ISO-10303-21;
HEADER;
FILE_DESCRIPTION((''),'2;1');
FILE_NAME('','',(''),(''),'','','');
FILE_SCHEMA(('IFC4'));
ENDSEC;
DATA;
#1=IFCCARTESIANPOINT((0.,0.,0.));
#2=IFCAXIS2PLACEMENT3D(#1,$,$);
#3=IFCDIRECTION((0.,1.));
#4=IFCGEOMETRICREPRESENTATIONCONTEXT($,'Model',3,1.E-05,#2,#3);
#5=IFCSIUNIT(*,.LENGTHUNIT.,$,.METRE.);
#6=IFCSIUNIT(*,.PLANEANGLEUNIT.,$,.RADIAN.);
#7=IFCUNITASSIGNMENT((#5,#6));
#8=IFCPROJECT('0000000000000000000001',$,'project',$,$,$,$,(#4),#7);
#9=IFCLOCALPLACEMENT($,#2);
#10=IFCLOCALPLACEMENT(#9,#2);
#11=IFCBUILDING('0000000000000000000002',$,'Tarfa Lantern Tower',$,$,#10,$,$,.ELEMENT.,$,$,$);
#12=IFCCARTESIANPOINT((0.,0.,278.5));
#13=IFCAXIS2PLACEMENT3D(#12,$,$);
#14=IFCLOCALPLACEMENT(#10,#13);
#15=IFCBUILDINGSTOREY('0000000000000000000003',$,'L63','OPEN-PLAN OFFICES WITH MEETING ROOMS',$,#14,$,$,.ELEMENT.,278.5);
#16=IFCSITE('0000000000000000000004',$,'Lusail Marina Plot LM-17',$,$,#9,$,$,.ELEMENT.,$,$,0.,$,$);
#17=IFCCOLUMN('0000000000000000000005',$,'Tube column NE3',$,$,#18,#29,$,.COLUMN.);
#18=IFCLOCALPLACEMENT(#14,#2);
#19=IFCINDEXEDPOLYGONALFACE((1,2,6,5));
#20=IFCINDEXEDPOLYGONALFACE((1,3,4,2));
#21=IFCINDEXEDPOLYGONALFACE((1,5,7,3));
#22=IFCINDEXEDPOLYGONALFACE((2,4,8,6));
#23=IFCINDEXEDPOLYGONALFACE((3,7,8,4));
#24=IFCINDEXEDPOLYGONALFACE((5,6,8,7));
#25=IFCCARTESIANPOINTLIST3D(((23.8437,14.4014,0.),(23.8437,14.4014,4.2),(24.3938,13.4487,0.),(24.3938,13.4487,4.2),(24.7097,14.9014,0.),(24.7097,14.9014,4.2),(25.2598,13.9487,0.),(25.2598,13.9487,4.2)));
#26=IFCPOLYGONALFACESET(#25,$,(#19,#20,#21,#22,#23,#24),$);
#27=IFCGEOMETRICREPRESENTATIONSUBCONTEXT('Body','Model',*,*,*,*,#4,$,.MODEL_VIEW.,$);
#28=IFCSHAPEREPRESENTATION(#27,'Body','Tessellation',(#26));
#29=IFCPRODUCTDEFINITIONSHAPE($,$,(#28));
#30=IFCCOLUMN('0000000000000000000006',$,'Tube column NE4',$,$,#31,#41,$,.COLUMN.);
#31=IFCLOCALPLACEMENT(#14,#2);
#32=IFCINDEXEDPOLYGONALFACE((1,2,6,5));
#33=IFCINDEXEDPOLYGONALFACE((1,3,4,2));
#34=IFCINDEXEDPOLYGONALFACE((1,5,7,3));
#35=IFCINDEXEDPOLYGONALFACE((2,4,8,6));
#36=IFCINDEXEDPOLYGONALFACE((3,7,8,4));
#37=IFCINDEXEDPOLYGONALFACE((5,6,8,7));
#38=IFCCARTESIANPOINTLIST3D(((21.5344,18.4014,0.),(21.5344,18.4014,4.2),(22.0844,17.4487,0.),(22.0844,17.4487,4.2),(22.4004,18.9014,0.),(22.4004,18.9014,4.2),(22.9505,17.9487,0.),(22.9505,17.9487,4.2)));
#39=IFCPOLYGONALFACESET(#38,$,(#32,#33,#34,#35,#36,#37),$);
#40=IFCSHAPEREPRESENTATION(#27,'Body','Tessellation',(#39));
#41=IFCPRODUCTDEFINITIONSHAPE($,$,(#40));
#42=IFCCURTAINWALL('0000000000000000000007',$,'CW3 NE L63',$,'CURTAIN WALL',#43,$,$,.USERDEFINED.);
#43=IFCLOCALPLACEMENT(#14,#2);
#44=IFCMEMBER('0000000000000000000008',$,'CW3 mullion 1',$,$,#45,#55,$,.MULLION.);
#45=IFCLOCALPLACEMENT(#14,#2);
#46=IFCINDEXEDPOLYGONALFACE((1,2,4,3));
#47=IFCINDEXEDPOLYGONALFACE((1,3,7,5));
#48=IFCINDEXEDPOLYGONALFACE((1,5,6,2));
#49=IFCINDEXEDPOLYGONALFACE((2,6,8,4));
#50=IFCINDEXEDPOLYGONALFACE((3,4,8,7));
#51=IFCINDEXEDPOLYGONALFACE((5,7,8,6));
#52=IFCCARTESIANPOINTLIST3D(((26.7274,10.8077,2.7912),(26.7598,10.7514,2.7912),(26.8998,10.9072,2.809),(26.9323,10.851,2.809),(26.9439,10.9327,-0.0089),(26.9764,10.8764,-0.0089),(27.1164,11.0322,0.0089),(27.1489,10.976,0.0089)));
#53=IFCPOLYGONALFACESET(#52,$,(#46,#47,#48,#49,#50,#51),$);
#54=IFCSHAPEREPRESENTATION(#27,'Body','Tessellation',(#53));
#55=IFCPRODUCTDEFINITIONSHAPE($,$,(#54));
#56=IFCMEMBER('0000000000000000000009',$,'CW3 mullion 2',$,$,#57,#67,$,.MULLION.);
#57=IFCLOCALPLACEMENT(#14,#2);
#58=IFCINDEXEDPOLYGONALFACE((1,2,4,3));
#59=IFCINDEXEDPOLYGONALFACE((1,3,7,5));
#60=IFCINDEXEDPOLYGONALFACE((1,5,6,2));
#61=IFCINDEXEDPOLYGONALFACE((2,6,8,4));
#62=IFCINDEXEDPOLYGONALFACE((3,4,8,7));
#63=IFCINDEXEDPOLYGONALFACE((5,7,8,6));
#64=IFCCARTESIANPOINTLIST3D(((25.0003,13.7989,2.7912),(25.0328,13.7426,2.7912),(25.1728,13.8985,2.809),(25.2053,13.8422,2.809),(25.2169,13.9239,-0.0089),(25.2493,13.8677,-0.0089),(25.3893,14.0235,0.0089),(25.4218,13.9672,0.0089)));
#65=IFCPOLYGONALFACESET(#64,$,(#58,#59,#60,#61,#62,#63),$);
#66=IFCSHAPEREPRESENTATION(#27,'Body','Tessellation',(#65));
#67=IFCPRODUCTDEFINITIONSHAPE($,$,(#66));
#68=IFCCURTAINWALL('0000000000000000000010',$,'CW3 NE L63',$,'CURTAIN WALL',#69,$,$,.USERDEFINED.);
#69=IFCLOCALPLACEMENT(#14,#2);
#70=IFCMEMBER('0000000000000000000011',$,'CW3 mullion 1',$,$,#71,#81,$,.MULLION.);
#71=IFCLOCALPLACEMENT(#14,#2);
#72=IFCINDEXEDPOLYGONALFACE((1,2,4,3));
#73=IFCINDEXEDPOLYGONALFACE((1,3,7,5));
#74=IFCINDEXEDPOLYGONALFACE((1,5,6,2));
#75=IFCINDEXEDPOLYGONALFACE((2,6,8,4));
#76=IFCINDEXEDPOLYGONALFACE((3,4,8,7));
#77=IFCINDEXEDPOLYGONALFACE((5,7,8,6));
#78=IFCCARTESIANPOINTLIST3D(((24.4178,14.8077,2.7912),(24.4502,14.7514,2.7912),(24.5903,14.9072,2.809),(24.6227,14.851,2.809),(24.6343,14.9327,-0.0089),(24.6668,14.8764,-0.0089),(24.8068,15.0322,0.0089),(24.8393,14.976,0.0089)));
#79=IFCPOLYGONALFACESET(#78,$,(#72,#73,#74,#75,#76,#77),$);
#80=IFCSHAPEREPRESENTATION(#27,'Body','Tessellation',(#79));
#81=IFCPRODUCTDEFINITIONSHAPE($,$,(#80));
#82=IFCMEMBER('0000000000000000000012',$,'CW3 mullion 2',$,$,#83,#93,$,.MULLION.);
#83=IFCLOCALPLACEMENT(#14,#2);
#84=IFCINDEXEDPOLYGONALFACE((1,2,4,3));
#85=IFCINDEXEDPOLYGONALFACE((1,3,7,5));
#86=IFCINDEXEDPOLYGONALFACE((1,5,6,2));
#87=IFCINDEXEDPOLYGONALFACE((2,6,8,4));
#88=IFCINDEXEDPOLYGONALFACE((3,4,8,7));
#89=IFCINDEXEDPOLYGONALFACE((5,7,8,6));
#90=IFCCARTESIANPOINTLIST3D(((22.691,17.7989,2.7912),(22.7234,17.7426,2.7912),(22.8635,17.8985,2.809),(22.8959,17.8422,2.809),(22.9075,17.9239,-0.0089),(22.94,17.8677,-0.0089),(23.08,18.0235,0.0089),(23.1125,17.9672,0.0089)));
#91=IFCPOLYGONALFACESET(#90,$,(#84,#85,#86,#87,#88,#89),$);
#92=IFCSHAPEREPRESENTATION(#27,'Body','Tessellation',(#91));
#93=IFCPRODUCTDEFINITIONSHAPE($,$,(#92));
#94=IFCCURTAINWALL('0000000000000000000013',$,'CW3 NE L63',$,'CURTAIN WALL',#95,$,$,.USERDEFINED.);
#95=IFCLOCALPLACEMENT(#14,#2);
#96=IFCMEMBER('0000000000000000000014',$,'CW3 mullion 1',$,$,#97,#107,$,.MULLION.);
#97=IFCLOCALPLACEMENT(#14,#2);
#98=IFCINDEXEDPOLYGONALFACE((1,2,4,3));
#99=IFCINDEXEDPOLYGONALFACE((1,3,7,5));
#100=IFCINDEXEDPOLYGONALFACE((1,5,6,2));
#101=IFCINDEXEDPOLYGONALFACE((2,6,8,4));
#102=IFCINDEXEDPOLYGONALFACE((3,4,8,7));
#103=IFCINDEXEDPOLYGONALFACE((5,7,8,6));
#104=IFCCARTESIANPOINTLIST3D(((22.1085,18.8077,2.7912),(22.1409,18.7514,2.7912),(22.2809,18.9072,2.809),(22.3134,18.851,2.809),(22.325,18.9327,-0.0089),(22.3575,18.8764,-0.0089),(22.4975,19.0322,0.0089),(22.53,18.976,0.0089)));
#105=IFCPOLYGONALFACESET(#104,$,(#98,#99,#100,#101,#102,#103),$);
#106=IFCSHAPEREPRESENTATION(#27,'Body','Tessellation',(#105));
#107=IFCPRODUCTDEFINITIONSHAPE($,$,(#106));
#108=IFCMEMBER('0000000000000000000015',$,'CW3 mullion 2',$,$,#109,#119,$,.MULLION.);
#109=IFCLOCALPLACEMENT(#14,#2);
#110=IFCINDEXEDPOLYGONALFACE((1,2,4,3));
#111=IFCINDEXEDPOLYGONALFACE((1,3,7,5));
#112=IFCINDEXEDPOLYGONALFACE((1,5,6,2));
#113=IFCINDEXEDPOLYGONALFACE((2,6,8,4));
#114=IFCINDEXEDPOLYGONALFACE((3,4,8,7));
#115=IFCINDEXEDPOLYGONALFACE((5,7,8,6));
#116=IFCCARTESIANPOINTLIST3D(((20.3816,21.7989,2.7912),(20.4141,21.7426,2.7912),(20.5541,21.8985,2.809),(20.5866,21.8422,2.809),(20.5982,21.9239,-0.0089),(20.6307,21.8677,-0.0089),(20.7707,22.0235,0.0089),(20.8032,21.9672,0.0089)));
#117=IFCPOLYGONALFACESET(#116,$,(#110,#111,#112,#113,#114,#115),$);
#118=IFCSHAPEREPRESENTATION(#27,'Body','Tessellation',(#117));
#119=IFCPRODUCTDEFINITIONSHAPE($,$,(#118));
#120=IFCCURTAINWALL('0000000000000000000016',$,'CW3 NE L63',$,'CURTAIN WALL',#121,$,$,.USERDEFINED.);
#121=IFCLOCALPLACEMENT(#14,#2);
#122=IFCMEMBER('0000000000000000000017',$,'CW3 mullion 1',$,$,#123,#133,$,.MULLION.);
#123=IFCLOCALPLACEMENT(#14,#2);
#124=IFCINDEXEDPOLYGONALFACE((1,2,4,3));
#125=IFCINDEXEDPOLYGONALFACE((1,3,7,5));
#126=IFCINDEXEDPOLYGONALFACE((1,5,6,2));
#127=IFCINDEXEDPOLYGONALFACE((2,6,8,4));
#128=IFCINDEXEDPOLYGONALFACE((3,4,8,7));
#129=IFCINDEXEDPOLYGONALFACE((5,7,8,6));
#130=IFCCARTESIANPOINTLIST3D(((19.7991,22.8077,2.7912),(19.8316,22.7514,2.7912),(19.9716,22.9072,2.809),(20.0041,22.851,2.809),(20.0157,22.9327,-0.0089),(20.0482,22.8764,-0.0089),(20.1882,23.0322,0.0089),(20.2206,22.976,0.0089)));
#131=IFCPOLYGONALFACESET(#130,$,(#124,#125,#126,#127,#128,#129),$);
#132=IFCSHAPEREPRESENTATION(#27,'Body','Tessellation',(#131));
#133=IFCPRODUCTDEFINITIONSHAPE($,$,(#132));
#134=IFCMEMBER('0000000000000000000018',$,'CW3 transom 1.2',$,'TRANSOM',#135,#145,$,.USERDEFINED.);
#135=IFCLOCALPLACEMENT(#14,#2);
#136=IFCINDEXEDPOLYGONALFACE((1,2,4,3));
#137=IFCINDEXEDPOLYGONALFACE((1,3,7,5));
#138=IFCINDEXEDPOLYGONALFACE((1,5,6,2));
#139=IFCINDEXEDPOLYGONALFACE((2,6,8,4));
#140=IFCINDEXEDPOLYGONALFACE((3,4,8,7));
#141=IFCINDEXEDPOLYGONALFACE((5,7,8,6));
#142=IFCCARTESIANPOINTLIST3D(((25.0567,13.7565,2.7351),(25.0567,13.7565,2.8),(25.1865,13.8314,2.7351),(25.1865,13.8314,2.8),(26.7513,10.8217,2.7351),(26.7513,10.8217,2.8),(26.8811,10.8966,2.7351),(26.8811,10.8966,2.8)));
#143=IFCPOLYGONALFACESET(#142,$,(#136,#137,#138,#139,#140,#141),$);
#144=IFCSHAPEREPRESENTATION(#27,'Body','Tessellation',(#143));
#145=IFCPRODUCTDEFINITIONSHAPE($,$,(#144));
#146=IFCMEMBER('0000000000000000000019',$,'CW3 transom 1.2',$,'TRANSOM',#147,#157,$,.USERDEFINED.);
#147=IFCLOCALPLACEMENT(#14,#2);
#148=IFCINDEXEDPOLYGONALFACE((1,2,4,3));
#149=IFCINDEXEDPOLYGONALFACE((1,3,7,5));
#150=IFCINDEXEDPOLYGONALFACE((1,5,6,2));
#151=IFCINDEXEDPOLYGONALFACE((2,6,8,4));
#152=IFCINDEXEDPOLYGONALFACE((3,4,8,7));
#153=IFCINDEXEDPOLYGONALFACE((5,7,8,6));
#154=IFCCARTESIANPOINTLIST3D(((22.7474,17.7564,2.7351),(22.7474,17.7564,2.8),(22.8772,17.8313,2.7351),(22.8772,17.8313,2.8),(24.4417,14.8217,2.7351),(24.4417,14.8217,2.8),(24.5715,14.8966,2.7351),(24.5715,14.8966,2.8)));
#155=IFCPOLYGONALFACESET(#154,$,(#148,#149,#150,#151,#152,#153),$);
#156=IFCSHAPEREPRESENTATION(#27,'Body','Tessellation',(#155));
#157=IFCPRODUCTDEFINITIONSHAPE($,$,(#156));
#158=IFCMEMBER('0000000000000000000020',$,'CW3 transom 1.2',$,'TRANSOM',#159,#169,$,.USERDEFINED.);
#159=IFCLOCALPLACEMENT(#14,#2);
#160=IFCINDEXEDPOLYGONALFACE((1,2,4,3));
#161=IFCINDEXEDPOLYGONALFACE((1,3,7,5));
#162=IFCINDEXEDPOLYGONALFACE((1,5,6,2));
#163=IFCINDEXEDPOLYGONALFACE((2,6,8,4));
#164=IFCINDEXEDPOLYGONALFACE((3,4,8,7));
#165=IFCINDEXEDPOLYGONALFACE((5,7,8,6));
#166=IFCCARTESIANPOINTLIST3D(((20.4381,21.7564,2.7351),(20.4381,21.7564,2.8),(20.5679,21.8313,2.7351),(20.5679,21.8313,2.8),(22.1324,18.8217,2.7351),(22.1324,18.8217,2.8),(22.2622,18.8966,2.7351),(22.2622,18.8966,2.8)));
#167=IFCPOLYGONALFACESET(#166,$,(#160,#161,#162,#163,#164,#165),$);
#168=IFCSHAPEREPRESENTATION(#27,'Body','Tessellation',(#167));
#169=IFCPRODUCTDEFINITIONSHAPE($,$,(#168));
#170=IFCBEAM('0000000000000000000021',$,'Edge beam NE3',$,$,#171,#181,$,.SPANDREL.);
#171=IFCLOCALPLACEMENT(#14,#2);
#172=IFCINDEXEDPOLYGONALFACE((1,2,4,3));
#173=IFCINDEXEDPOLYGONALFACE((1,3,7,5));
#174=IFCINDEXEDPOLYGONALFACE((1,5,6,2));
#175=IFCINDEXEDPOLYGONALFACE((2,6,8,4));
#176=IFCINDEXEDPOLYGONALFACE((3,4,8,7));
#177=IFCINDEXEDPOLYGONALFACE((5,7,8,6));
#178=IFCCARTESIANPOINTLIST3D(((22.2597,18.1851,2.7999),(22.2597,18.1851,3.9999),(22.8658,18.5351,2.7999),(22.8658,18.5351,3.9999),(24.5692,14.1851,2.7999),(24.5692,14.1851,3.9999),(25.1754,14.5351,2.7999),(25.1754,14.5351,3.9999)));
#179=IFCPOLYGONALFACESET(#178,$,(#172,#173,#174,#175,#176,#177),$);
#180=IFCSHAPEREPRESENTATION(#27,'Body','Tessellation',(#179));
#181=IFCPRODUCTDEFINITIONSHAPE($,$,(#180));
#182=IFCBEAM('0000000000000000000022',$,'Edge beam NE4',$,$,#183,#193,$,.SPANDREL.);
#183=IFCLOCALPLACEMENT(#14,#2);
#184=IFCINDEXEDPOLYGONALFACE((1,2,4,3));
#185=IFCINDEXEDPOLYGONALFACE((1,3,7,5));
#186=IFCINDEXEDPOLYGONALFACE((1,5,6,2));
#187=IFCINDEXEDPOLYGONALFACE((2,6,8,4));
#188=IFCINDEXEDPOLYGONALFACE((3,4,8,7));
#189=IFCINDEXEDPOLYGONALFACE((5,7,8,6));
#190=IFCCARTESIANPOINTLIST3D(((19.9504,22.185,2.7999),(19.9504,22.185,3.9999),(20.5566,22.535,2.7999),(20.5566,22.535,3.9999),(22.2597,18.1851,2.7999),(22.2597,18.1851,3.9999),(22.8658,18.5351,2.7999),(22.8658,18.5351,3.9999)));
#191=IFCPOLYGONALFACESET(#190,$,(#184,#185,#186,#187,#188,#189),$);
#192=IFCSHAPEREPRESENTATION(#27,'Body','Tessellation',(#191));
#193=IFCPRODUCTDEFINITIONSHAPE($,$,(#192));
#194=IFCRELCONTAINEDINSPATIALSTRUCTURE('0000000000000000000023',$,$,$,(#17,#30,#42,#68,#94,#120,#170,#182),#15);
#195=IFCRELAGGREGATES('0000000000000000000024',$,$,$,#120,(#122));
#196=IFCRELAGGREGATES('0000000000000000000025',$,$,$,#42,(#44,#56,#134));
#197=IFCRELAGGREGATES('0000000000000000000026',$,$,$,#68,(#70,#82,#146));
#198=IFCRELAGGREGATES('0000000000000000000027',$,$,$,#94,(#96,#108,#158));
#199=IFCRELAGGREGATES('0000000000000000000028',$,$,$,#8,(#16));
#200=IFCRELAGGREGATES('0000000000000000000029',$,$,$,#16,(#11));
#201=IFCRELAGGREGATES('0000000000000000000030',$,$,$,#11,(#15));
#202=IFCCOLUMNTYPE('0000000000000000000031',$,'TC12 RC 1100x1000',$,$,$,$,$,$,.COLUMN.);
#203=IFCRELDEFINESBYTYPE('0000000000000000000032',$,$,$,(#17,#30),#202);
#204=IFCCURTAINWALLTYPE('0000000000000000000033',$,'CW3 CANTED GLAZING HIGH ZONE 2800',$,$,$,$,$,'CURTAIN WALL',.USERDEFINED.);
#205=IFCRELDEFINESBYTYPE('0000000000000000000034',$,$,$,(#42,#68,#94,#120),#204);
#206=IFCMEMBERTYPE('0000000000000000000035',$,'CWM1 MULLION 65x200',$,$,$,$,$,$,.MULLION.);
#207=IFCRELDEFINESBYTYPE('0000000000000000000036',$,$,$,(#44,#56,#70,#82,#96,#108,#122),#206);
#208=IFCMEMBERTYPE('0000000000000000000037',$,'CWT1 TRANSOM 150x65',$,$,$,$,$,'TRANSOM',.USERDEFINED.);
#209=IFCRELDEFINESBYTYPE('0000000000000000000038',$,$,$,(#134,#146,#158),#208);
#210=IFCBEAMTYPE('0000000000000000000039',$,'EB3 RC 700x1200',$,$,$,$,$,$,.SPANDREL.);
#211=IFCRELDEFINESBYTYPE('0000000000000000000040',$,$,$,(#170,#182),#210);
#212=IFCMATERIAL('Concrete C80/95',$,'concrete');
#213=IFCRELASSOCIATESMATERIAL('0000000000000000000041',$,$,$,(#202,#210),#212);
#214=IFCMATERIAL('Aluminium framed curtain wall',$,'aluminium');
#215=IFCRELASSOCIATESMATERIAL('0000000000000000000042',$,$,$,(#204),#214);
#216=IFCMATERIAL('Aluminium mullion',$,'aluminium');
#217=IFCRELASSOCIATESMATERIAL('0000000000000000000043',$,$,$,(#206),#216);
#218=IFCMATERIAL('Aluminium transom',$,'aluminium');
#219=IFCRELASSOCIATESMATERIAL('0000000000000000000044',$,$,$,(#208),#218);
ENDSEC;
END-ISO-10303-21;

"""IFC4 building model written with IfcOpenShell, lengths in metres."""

from ifc_helpers import new_model, si_unit, direction, frame, origin, origin_2d, place, context, subcontext, project, spatial, rectangle, extrude, material, material_profile, profile_set, type_object, element, aggregate, save


model = new_model("IFC4")

# Units and contexts
model_context = context("Model", 3, precision=1e-05, world=origin(), true_north=direction((0.0, 1.0)))
body_context = subcontext(model_context, "Body", "Model", "MODEL_VIEW")
ifc_project = project(units=[si_unit("LENGTHUNIT", "METRE"), si_unit("PLANEANGLEUNIT", "RADIAN")], contexts=[model_context])

# Site, building, storey
site_placement = place(None, origin())
site = spatial("IfcSite", under=ifc_project, at=site_placement, Name="Lusail Marina Plot LM-17", CompositionType="ELEMENT", RefElevation=0.0)
building_placement = place(site_placement, origin())
building = spatial("IfcBuilding", under=site, at=building_placement, Name="Tarfa Lantern Tower", CompositionType="ELEMENT")
storey_placement = place(building_placement, frame((0.0, 0.0, 278.5)))
storey = spatial("IfcBuildingStorey", under=building, at=storey_placement, Name="L63", Description="OPEN-PLAN OFFICES WITH MEETING ROOMS", CompositionType="ELEMENT", Elevation=278.5)

# Columns
ifc_material_1 = material(Name="Concrete C80/95", Category="concrete")
ifc_material_profile_1 = material_profile(ifc_material_1, rectangle(XDim=1.1001, YDim=1.0, at=origin_2d()), Name="RC 1100x1000")
ifc_profile_set_1 = profile_set([ifc_material_profile_1], Name="Concrete C80/95")
column_type = type_object("IfcColumnType", Name="TC12 RC 1100x1000", PredefinedType="COLUMN", material=ifc_profile_set_1)
for number, where, z_axis, x_axis, name in (
    (1, (24.5518, 14.175, 0.0), (0.0, 0.0, 1.0), (-0.5, 0.866025, 0.0), "Tube column NE3"),
    (2, (22.2424, 18.175, 0.0), (0.0, 0.0, 1.0), (-0.5, 0.866025, 0.0), "Tube column NE4"),
):
    element("IfcColumn", number, at=place(storey_placement, frame(where, z_axis=z_axis, x_axis=x_axis)), inside=storey, type_object=column_type, Name=name, PredefinedType="COLUMN", context=body_context, shape_type="SweptSolid", body=[
        extrude(rectangle(XDim=1.1001, YDim=1.0, at=origin_2d()), origin(), (0.0, 0.0, 1.0), 4.2),
    ])

# Curtain walls, members
ifc_material_2 = material(Name="Aluminium framed curtain wall", Category="aluminium")
curtain_wall_type = type_object("IfcCurtainWallType", Name="CW3 CANTED GLAZING HIGH ZONE 2800", ElementType="CURTAIN WALL", PredefinedType="USERDEFINED", material=ifc_material_2)
curtain_wall_1_placement = place(storey_placement, origin())
curtain_wall_1 = element("IfcCurtainWall", 3, at=curtain_wall_1_placement, inside=storey, type_object=curtain_wall_type, Name="CW3 NE L63", ObjectType="CURTAIN WALL", PredefinedType="USERDEFINED")
ifc_material_3 = material(Name="Aluminium mullion", Category="aluminium")
ifc_material_profile_2 = material_profile(ifc_material_3, rectangle(XDim=0.0649, YDim=0.2, at=origin_2d()), Name="AL MULLION 65x200")
ifc_profile_set_2 = profile_set([ifc_material_profile_2], Name="Aluminium mullion")
member_type_1 = type_object("IfcMemberType", Name="CWM1 MULLION 65x200", PredefinedType="MULLION", material=ifc_profile_set_2)
member_1_placement = place(storey_placement, frame((27.0464, 10.9543, 0.0), z_axis=(-0.077032, -0.044465, 0.996037), x_axis=(0.49992, -0.866072, 0.0)))
member_1 = element("IfcMember", 4, at=member_1_placement, type_object=member_type_1, Name="CW3 mullion 1", PredefinedType="MULLION", context=body_context, shape_type="SweptSolid", body=[
    extrude(rectangle(XDim=0.0649, YDim=0.2, at=origin_2d()), origin(), (0.0, 0.0, 1.0), 2.8113),
])
member_2_placement = place(storey_placement, frame((25.3193, 13.9456, 0.0), z_axis=(-0.077032, -0.044465, 0.996037), x_axis=(0.49992, -0.866072, 0.0)))
member_2 = element("IfcMember", 5, at=member_2_placement, type_object=member_type_1, Name="CW3 mullion 2", PredefinedType="MULLION", context=body_context, shape_type="SweptSolid", body=[
    extrude(rectangle(XDim=0.0649, YDim=0.2, at=origin_2d()), origin(), (0.0, 0.0, 1.0), 2.8113),
])
curtain_wall_2_placement = place(storey_placement, origin())
curtain_wall_2 = element("IfcCurtainWall", 6, at=curtain_wall_2_placement, inside=storey, type_object=curtain_wall_type, Name="CW3 NE L63", ObjectType="CURTAIN WALL", PredefinedType="USERDEFINED")
member_3_placement = place(storey_placement, frame((24.7368, 14.9543, 0.0), z_axis=(-0.077032, -0.044465, 0.996037), x_axis=(0.49992, -0.866072, 0.0)))
member_3 = element("IfcMember", 7, at=member_3_placement, type_object=member_type_1, Name="CW3 mullion 1", PredefinedType="MULLION", context=body_context, shape_type="SweptSolid", body=[
    extrude(rectangle(XDim=0.0649, YDim=0.2, at=origin_2d()), origin(), (0.0, 0.0, 1.0), 2.8113),
])
member_4_placement = place(storey_placement, frame((23.01, 17.9456, 0.0), z_axis=(-0.077032, -0.044465, 0.996037), x_axis=(0.49992, -0.866072, 0.0)))
member_4 = element("IfcMember", 8, at=member_4_placement, type_object=member_type_1, Name="CW3 mullion 2", PredefinedType="MULLION", context=body_context, shape_type="SweptSolid", body=[
    extrude(rectangle(XDim=0.0649, YDim=0.2, at=origin_2d()), origin(), (0.0, 0.0, 1.0), 2.8113),
])
curtain_wall_3_placement = place(storey_placement, origin())
curtain_wall_3 = element("IfcCurtainWall", 9, at=curtain_wall_3_placement, inside=storey, type_object=curtain_wall_type, Name="CW3 NE L63", ObjectType="CURTAIN WALL", PredefinedType="USERDEFINED")
member_5_placement = place(storey_placement, frame((22.4275, 18.9543, 0.0), z_axis=(-0.077032, -0.044465, 0.996037), x_axis=(0.49992, -0.866072, 0.0)))
member_5 = element("IfcMember", 10, at=member_5_placement, type_object=member_type_1, Name="CW3 mullion 1", PredefinedType="MULLION", context=body_context, shape_type="SweptSolid", body=[
    extrude(rectangle(XDim=0.0649, YDim=0.2, at=origin_2d()), origin(), (0.0, 0.0, 1.0), 2.8113),
])
member_6_placement = place(storey_placement, frame((20.7007, 21.9456, 0.0), z_axis=(-0.077032, -0.044465, 0.996037), x_axis=(0.49992, -0.866072, 0.0)))
member_6 = element("IfcMember", 11, at=member_6_placement, type_object=member_type_1, Name="CW3 mullion 2", PredefinedType="MULLION", context=body_context, shape_type="SweptSolid", body=[
    extrude(rectangle(XDim=0.0649, YDim=0.2, at=origin_2d()), origin(), (0.0, 0.0, 1.0), 2.8113),
])

# Curtain wall, member
curtain_wall_4_placement = place(storey_placement, origin())
curtain_wall_4 = element("IfcCurtainWall", 12, at=curtain_wall_4_placement, inside=storey, type_object=curtain_wall_type, Name="CW3 NE L63", ObjectType="CURTAIN WALL", PredefinedType="USERDEFINED")
member_7_placement = place(storey_placement, frame((20.1182, 22.9543, 0.0), z_axis=(-0.077032, -0.044465, 0.996037), x_axis=(0.49992, -0.866072, 0.0)))
member_7 = element("IfcMember", 13, at=member_7_placement, type_object=member_type_1, Name="CW3 mullion 1", PredefinedType="MULLION", context=body_context, shape_type="SweptSolid", body=[
    extrude(rectangle(XDim=0.0649, YDim=0.2, at=origin_2d()), origin(), (0.0, 0.0, 1.0), 2.8113),
])
aggregate(curtain_wall_4, [member_7])

# Members
ifc_material_4 = material(Name="Aluminium transom", Category="aluminium")
ifc_material_profile_3 = material_profile(ifc_material_4, rectangle(XDim=0.1499, YDim=0.0649, at=origin_2d()), Name="AL TRANSOM 150x65")
ifc_profile_set_3 = profile_set([ifc_material_profile_3], Name="Aluminium transom")
member_type_2 = type_object("IfcMemberType", Name="CWT1 TRANSOM 150x65", ElementType="TRANSOM", PredefinedType="USERDEFINED", material=ifc_profile_set_3)
member_8_placement = place(storey_placement, frame((26.8162, 10.8591, 2.7676), z_axis=(-0.500036, 0.866004, 0.0), x_axis=(-0.866004, -0.500036, 0.0)))
member_8 = element("IfcMember", 14, at=member_8_placement, type_object=member_type_2, Name="CW3 transom 1.2", ObjectType="TRANSOM", PredefinedType="USERDEFINED", context=body_context, shape_type="SweptSolid", body=[
    extrude(rectangle(XDim=0.1499, YDim=0.0649, at=origin_2d()), origin(), (0.0, 0.0, 1.0), 3.3889),
])
member_9_placement = place(storey_placement, frame((24.5066, 14.8591, 2.7676), z_axis=(-0.499982, 0.866036, 0.0), x_axis=(-0.866036, -0.499982, 0.0)))
member_9 = element("IfcMember", 15, at=member_9_placement, type_object=member_type_2, Name="CW3 transom 1.2", ObjectType="TRANSOM", PredefinedType="USERDEFINED", context=body_context, shape_type="SweptSolid", body=[
    extrude(rectangle(XDim=0.1499, YDim=0.0649, at=origin_2d()), origin(), (0.0, 0.0, 1.0), 3.3887),
])
member_10_placement = place(storey_placement, frame((22.1973, 18.8591, 2.7676), z_axis=(-0.499982, 0.866036, 0.0), x_axis=(-0.866036, -0.499982, 0.0)))
member_10 = element("IfcMember", 16, at=member_10_placement, type_object=member_type_2, Name="CW3 transom 1.2", ObjectType="TRANSOM", PredefinedType="USERDEFINED", context=body_context, shape_type="SweptSolid", body=[
    extrude(rectangle(XDim=0.1499, YDim=0.0649, at=origin_2d()), origin(), (0.0, 0.0, 1.0), 3.3887),
])

# Beams
ifc_material_profile_4 = material_profile(ifc_material_1, rectangle(XDim=0.7, YDim=1.2, at=origin_2d()), Name="RC 700x1200")
ifc_profile_set_4 = profile_set([ifc_material_profile_4], Name="Concrete C80/95")
beam_type_1 = type_object("IfcBeamType", Name="EB3 RC 700x1200", PredefinedType="SPANDREL", material=ifc_profile_set_4)
beam_1_placement = place(storey_placement, frame((24.8723, 14.3601, 3.3999), z_axis=(-0.500027, 0.86601, 0.0), x_axis=(-0.86601, -0.500027, 0.0)))
element("IfcBeam", 17, at=beam_1_placement, inside=storey, type_object=beam_type_1, Name="Edge beam NE3", PredefinedType="SPANDREL", context=body_context, shape_type="SweptSolid", body=[
    extrude(rectangle(XDim=0.7, YDim=1.2, at=origin_2d()), origin(), (0.0, 0.0, 1.0), 4.6189),
])
for number, where, z_axis, x_axis, name in (
    (18, (22.5627, 18.3601, 3.3999), (-0.499988, 0.866032, 0.0), (-0.866032, -0.499988, 0.0), "Edge beam NE4"),
):
    element("IfcBeam", number, at=place(storey_placement, frame(where, z_axis=z_axis, x_axis=x_axis)), inside=storey, type_object=beam_type_1, Name=name, PredefinedType="SPANDREL", context=body_context, shape_type="SweptSolid", body=[
        extrude(rectangle(XDim=0.7, YDim=1.2, at=origin_2d()), origin(), (0.0, 0.0, 1.0), 4.6187),
    ])

aggregate(curtain_wall_1, [member_1, member_2, member_8])
aggregate(curtain_wall_2, [member_3, member_4, member_9])
aggregate(curtain_wall_3, [member_5, member_6, member_10])

save(model, "model.ifc")
